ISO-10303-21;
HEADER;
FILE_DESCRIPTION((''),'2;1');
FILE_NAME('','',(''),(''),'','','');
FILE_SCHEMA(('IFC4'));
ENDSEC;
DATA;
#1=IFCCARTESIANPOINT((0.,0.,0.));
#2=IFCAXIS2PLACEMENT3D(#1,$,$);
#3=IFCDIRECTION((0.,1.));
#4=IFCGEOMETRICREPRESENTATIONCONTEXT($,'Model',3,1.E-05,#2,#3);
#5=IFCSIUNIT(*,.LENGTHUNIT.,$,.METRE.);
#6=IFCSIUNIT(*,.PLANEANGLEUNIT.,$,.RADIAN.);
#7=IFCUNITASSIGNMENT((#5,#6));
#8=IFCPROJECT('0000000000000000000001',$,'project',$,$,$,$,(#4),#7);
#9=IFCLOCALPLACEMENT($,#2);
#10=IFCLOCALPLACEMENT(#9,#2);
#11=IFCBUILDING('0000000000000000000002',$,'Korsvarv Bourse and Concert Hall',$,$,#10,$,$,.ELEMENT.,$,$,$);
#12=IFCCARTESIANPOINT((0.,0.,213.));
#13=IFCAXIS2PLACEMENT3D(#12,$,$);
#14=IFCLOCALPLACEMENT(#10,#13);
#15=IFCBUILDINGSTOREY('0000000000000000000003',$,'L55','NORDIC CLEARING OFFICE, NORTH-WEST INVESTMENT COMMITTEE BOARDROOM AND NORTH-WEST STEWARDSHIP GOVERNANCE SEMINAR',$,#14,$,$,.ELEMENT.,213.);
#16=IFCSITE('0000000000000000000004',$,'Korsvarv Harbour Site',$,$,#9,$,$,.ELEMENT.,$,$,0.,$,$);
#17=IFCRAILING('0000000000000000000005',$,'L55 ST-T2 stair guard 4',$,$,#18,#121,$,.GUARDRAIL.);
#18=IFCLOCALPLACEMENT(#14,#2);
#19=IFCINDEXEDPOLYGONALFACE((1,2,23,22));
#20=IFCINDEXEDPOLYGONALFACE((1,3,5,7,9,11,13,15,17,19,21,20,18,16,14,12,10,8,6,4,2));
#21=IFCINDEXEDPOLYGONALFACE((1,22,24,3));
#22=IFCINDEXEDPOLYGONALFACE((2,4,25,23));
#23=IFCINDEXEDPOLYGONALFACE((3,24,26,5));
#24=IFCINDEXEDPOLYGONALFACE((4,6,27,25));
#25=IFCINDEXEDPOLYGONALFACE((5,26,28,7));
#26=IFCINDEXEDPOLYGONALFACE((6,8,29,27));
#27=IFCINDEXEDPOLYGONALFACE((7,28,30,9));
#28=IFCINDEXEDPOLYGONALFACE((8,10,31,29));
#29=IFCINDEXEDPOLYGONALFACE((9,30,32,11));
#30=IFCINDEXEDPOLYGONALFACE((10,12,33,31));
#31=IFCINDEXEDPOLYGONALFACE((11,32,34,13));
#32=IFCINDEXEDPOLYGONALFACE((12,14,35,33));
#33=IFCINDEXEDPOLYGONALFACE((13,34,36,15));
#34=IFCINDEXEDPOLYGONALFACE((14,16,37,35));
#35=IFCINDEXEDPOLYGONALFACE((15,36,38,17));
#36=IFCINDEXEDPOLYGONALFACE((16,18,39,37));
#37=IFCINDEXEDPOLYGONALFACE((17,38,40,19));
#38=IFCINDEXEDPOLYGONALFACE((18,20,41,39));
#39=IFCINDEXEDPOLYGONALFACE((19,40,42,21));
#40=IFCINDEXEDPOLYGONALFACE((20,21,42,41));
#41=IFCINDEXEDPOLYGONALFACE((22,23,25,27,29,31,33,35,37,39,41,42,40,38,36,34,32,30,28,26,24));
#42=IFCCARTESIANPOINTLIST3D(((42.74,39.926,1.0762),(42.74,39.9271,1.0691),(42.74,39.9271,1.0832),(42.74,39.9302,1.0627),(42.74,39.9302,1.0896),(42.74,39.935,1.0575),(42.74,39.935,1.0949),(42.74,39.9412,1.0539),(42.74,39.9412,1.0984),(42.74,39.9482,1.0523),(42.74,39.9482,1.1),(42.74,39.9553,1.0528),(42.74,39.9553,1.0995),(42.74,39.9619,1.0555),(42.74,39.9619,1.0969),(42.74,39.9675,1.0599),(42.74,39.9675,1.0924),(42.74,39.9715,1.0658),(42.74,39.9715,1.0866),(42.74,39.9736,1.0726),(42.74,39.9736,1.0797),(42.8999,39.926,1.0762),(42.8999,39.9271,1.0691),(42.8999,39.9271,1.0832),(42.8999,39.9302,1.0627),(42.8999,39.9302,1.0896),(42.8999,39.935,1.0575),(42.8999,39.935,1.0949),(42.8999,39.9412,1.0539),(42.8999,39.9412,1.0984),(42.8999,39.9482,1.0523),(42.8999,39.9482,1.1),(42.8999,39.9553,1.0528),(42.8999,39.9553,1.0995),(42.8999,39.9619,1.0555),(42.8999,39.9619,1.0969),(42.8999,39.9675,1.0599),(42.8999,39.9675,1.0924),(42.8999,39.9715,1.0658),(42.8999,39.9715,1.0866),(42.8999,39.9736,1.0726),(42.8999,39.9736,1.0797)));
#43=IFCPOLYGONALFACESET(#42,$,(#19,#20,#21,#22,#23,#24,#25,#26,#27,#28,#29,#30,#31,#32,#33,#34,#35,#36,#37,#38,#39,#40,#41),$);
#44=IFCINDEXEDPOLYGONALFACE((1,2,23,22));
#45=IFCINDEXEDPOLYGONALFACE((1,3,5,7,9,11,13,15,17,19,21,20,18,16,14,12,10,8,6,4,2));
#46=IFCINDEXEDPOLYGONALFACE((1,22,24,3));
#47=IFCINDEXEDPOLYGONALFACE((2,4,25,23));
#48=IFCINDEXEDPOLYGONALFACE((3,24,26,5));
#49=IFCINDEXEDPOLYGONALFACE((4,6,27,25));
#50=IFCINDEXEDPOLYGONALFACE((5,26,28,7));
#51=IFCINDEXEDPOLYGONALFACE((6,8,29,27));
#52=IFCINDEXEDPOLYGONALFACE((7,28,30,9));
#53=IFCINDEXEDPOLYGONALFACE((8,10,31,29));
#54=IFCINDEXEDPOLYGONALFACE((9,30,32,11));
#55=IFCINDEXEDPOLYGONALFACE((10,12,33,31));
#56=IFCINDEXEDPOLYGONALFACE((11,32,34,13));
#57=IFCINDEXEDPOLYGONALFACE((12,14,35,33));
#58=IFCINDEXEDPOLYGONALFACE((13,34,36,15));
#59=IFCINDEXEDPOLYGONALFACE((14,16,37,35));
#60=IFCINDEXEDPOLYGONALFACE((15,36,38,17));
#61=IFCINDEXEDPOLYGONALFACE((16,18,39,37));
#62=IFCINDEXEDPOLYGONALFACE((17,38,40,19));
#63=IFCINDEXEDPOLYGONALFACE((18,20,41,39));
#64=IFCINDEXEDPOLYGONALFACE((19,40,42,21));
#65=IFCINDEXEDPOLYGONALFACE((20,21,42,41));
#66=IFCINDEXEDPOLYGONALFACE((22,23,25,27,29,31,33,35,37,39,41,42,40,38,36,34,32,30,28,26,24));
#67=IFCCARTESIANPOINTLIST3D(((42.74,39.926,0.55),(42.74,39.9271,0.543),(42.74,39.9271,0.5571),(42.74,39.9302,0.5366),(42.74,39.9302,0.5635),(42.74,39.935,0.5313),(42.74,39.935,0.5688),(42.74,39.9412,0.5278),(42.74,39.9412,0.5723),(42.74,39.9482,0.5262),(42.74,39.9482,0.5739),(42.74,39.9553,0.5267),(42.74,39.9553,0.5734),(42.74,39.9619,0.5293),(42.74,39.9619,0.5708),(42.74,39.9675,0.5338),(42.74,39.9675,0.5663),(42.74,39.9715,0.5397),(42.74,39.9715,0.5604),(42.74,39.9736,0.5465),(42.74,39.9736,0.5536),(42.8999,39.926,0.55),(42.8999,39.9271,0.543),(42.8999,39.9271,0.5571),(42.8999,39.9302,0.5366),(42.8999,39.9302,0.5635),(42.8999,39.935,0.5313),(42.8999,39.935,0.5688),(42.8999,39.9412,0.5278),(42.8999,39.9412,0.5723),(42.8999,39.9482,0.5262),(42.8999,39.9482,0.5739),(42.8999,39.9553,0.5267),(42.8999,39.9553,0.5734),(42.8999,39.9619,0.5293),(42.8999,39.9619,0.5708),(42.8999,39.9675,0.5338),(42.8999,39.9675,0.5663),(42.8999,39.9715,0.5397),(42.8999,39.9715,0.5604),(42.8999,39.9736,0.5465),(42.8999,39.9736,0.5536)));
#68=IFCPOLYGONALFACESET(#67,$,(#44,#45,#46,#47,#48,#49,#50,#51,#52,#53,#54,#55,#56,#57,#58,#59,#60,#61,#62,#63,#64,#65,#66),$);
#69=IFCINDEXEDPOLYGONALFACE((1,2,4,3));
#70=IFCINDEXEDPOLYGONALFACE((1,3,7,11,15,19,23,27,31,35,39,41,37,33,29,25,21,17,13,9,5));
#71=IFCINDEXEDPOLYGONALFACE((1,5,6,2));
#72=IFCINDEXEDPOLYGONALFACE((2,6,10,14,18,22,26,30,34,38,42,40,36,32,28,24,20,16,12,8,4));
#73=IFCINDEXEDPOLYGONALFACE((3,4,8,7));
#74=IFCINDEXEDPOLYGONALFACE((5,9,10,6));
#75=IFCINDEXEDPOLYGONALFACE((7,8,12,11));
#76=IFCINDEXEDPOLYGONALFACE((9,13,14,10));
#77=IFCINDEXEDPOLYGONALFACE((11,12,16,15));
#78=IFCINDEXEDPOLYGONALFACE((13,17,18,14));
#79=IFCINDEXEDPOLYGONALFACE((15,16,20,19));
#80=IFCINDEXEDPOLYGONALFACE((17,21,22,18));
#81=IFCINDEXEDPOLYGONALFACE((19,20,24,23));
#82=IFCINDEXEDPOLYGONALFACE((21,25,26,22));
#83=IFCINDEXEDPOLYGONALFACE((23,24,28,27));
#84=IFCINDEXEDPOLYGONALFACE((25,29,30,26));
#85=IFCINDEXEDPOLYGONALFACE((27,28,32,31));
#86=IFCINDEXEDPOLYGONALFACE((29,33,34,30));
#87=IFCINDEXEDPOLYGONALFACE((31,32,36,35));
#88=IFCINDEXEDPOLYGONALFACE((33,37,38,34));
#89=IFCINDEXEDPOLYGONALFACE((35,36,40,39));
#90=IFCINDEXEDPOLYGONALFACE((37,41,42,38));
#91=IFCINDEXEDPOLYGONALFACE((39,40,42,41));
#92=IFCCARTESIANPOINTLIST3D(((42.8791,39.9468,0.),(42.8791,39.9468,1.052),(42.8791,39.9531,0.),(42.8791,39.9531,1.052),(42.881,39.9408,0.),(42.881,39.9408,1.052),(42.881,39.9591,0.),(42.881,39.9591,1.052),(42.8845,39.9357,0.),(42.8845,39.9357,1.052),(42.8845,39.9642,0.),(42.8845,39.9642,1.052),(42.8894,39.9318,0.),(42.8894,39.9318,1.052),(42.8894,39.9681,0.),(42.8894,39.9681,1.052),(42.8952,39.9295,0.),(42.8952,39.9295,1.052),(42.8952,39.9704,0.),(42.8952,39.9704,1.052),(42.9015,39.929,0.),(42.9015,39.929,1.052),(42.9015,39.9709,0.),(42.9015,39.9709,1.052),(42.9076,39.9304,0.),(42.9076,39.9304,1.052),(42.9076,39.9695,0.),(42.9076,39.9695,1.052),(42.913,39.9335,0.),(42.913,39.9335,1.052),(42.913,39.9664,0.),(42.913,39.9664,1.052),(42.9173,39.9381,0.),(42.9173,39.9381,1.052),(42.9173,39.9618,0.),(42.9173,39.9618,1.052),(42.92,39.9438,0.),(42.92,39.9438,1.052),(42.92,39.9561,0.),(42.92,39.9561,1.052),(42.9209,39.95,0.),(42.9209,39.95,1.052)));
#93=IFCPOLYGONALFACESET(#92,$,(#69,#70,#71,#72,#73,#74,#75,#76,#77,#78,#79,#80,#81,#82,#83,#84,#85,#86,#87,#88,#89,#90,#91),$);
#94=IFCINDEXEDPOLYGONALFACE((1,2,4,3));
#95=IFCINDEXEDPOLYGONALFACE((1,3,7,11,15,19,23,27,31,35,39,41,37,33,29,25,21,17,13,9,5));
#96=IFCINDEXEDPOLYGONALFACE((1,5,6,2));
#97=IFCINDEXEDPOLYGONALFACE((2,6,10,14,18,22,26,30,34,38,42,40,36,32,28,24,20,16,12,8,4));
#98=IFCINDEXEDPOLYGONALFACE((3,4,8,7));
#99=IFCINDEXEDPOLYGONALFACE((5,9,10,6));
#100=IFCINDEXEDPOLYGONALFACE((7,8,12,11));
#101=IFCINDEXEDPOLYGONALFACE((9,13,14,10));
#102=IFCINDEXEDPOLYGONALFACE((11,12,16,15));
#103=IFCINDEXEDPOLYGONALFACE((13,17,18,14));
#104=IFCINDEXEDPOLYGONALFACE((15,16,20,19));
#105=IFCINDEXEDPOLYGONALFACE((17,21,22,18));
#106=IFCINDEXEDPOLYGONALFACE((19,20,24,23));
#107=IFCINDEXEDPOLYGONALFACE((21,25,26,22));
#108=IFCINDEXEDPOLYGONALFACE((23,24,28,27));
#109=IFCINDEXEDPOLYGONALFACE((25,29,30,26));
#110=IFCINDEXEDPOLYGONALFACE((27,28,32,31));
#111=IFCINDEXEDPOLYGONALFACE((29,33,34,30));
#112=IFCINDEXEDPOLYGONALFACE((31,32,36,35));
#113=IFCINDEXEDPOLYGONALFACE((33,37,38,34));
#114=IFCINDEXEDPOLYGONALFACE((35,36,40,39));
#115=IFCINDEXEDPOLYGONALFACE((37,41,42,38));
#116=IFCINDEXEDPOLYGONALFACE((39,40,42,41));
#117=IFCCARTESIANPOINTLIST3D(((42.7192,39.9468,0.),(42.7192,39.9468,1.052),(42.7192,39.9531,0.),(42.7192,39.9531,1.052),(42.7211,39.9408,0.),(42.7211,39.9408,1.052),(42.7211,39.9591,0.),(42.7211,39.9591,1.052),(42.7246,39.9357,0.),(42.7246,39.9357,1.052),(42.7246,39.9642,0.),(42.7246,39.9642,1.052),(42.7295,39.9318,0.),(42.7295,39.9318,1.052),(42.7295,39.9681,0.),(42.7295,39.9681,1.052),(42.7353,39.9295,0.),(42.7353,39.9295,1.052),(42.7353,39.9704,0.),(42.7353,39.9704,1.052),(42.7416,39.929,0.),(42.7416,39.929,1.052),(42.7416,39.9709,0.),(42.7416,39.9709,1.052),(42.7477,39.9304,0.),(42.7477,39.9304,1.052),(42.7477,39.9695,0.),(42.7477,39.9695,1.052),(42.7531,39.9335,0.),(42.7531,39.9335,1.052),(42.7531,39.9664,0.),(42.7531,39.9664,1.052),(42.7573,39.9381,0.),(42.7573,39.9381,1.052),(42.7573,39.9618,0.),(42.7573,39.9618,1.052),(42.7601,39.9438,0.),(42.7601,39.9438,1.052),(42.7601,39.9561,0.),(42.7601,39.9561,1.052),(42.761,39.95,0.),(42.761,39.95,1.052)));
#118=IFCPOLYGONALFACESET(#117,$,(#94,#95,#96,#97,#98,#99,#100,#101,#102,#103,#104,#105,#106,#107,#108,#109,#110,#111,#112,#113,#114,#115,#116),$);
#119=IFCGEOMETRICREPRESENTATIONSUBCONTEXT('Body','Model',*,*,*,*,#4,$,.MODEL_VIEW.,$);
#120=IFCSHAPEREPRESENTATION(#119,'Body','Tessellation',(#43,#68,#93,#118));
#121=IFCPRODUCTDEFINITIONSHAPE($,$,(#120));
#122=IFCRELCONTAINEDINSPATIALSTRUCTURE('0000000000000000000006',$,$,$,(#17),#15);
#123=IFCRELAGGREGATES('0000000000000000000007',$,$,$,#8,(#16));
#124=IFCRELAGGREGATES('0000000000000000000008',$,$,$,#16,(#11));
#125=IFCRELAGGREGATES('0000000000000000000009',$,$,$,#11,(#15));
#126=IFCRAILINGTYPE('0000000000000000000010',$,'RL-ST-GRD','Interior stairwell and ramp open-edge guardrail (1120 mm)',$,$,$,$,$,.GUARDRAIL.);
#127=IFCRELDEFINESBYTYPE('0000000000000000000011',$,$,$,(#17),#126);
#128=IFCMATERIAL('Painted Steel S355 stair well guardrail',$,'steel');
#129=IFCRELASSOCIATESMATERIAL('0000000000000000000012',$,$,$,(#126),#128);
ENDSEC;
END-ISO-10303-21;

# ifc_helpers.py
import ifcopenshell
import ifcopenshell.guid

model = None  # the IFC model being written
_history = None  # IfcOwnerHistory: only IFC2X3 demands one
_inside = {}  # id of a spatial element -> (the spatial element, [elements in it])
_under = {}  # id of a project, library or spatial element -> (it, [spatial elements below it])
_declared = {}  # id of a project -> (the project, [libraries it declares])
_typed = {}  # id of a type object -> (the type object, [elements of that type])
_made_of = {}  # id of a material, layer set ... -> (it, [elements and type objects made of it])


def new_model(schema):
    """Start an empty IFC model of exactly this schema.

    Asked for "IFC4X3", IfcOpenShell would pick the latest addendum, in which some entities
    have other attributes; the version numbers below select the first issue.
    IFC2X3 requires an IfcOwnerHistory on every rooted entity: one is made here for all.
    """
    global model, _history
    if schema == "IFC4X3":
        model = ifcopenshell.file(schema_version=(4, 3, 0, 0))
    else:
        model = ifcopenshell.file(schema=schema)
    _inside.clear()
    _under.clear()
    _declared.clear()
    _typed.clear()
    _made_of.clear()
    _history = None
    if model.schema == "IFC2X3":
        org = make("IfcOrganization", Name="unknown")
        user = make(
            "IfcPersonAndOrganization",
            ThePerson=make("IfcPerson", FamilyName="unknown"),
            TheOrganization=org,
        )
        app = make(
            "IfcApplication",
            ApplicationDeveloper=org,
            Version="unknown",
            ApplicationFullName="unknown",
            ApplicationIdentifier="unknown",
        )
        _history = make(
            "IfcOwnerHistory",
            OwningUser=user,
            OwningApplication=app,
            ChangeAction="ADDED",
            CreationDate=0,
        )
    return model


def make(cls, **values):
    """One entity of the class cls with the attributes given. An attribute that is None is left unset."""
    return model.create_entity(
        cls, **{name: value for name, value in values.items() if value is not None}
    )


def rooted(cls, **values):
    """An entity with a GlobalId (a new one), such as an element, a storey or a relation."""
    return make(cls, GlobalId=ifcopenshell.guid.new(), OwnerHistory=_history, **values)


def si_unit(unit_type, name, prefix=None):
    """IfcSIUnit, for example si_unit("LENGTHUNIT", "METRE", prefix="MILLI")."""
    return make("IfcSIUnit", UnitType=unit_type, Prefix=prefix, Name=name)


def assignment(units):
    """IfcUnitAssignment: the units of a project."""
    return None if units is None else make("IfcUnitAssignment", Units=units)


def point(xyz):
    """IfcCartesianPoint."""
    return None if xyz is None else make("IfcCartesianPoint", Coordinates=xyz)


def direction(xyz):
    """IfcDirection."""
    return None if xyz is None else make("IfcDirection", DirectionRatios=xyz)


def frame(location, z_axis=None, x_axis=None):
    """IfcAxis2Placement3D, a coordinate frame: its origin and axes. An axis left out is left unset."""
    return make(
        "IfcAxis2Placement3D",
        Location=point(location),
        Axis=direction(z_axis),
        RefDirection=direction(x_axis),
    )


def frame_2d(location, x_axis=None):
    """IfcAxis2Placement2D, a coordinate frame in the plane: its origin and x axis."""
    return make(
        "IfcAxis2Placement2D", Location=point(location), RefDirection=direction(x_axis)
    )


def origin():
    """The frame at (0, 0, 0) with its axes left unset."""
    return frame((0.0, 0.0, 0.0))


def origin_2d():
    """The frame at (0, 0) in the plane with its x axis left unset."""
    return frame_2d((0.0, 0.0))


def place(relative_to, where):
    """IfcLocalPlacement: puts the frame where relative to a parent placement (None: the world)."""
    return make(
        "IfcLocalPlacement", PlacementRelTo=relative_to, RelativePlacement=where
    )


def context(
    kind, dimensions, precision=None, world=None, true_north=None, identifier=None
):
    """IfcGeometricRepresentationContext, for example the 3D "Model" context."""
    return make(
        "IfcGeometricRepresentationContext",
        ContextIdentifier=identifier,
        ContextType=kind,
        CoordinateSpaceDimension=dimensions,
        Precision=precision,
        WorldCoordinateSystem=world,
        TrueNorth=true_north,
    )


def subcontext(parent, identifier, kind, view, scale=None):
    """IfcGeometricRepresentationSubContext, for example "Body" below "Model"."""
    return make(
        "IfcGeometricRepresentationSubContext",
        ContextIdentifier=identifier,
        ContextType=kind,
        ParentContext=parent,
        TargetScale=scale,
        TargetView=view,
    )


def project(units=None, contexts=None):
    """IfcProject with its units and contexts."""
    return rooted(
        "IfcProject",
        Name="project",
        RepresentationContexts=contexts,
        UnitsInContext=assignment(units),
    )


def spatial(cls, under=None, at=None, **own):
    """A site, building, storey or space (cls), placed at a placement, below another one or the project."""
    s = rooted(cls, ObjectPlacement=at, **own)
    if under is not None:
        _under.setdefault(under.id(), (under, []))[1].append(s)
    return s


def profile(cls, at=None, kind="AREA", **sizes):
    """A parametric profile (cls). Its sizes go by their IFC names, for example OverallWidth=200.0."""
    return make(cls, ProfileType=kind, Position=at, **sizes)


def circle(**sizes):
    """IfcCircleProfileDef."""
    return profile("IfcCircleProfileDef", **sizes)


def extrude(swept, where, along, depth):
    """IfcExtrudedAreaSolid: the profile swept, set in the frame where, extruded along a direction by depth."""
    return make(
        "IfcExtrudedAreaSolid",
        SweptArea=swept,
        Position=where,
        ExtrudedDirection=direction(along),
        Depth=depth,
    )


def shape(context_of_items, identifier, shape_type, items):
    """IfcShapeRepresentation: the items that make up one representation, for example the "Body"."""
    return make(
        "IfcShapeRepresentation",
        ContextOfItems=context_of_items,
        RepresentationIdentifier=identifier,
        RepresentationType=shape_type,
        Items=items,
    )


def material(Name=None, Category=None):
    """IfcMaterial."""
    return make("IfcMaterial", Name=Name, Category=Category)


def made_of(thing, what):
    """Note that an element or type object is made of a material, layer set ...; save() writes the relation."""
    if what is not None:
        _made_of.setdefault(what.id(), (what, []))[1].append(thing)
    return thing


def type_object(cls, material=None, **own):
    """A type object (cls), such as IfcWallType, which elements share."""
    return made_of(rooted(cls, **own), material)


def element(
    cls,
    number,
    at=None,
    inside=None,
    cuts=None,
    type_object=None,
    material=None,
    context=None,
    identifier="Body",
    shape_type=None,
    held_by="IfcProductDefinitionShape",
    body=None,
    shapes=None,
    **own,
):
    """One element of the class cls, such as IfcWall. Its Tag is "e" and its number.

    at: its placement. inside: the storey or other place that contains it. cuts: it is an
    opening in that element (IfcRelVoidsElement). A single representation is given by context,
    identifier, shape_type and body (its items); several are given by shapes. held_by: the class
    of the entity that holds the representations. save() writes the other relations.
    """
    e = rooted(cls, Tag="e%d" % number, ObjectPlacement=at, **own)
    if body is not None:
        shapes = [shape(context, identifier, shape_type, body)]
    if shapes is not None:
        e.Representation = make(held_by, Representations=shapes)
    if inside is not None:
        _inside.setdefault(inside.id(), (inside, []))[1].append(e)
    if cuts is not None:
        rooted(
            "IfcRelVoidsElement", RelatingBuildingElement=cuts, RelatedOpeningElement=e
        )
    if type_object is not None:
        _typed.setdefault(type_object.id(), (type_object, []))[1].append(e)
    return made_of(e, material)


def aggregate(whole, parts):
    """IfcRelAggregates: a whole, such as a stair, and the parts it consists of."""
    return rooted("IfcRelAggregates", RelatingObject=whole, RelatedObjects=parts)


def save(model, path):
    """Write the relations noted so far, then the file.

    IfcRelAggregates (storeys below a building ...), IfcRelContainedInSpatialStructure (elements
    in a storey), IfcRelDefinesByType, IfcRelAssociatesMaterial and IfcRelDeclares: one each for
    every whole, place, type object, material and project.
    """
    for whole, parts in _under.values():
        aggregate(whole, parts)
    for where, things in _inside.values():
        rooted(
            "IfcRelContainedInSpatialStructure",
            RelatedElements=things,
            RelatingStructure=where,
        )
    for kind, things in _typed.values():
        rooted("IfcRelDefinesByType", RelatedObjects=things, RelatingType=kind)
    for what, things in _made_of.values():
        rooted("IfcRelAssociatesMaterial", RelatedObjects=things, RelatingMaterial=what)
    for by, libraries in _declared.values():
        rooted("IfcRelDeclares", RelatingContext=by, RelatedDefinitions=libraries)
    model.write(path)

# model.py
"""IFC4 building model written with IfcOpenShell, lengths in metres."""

from ifc_helpers import new_model, si_unit, direction, frame, origin, origin_2d, place, context, subcontext, project, spatial, circle, extrude, material, type_object, element, save


model = new_model("IFC4")

# Units and contexts
model_context = context("Model", 3, precision=1e-05, world=origin(), true_north=direction((0.0, 1.0)))
body_context = subcontext(model_context, "Body", "Model", "MODEL_VIEW")
ifc_project = project(units=[si_unit("LENGTHUNIT", "METRE"), si_unit("PLANEANGLEUNIT", "RADIAN")], contexts=[model_context])

# Site, building, storey
site_placement = place(None, origin())
site = spatial("IfcSite", under=ifc_project, at=site_placement, Name="Korsvarv Harbour Site", CompositionType="ELEMENT", RefElevation=0.0)
building_placement = place(site_placement, origin())
building = spatial("IfcBuilding", under=site, at=building_placement, Name="Korsvarv Bourse and Concert Hall", CompositionType="ELEMENT")
storey_placement = place(building_placement, frame((0.0, 0.0, 213.0)))
storey = spatial("IfcBuildingStorey", under=building, at=storey_placement, Name="L55", Description="NORDIC CLEARING OFFICE, NORTH-WEST INVESTMENT COMMITTEE BOARDROOM AND NORTH-WEST STEWARDSHIP GOVERNANCE SEMINAR", CompositionType="ELEMENT", Elevation=213.0)

# Railing
ifc_material_1 = material(Name="Painted Steel S355 stair well guardrail", Category="steel")
railing_type_1 = type_object("IfcRailingType", Name="RL-ST-GRD", Description="Interior stairwell and ramp open-edge guardrail (1120 mm)", PredefinedType="GUARDRAIL", material=ifc_material_1)
railing_1_placement = place(storey_placement, frame((42.8999, 39.95, 0.0)))
element("IfcRailing", 1, at=railing_1_placement, inside=storey, type_object=railing_type_1, Name="L55 ST-T2 stair guard 4", PredefinedType="GUARDRAIL", context=body_context, shape_type="SweptSolid", body=[
    extrude(circle(Radius=0.0239, at=origin_2d()), frame((0.0, 0.0, 1.0762), z_axis=(-1.0, 0.0, 0.0), x_axis=(0.0, -1.0, 0.0)), (0.0, 0.0, 1.0), 0.1599),
    extrude(circle(Radius=0.0239, at=origin_2d()), frame((0.0, 0.0, 0.55), z_axis=(-1.0, 0.0, 0.0), x_axis=(0.0, -1.0, 0.0)), (0.0, 0.0, 1.0), 0.1599),
    extrude(circle(Radius=0.021, at=origin_2d()), origin(), (0.0, 0.0, 1.0), 1.052),
    extrude(circle(Radius=0.021, at=origin_2d()), frame((-0.1599, 0.0, 0.0)), (0.0, 0.0, 1.0), 1.052),
])

save(model, "model.ifc")
